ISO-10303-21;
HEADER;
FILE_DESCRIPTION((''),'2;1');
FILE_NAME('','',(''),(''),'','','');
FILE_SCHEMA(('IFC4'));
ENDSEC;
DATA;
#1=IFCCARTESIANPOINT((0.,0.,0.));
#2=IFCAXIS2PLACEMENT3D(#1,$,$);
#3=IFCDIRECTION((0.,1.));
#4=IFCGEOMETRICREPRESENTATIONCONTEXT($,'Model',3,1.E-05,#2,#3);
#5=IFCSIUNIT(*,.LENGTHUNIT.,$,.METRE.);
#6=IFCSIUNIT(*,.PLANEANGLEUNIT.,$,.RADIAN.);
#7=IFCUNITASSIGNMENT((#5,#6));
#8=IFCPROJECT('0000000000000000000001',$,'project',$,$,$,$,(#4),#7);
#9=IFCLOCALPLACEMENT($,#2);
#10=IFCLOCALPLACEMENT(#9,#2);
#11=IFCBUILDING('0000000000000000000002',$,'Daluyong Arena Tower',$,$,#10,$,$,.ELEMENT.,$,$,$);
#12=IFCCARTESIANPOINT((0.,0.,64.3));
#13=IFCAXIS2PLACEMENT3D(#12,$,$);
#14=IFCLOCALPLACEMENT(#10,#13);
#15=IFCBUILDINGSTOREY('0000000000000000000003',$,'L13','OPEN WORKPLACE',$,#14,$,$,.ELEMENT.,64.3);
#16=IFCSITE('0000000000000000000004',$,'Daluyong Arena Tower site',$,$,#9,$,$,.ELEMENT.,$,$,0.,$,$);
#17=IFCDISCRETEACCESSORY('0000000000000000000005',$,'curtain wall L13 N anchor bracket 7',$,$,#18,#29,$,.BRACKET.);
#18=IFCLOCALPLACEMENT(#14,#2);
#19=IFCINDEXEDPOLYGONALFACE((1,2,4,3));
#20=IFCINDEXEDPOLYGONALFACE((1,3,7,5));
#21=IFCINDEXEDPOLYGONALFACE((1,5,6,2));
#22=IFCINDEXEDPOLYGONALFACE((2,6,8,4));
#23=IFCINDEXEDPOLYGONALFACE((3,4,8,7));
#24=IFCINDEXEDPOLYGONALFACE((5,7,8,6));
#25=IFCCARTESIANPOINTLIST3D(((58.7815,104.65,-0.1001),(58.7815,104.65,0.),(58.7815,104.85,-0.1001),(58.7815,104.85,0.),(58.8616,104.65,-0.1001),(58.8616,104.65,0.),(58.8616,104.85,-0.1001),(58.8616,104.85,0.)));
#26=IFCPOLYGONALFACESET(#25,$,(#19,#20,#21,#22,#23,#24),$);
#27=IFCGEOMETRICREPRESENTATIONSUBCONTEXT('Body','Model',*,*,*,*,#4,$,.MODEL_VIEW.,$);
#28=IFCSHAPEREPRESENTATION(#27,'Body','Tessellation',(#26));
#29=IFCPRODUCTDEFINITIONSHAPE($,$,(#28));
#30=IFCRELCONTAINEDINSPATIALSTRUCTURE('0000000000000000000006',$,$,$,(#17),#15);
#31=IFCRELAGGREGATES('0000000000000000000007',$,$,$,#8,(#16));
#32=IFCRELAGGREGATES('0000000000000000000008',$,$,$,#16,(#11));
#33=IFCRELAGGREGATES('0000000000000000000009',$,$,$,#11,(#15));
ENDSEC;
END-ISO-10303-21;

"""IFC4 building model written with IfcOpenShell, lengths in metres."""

from ifc_helpers import new_model, si_unit, direction, frame, origin, origin_2d, place, context, subcontext, project, spatial, rectangle, extrude, element, save


model = new_model("IFC4")

# Units and contexts
model_context = context("Model", 3, precision=1e-05, world=origin(), true_north=direction((0.0, 1.0)))
body_context = subcontext(model_context, "Body", "Model", "MODEL_VIEW")
ifc_project = project(units=[si_unit("LENGTHUNIT", "METRE"), si_unit("PLANEANGLEUNIT", "RADIAN")], contexts=[model_context])

# Site, building, storey
site_placement = place(None, origin())
site = spatial("IfcSite", under=ifc_project, at=site_placement, Name="Daluyong Arena Tower site", CompositionType="ELEMENT", RefElevation=0.0)
building_placement = place(site_placement, origin())
building = spatial("IfcBuilding", under=site, at=building_placement, Name="Daluyong Arena Tower", CompositionType="ELEMENT")
storey_placement = place(building_placement, frame((0.0, 0.0, 64.3)))
storey = spatial("IfcBuildingStorey", under=building, at=storey_placement, Name="L13", Description="OPEN WORKPLACE", CompositionType="ELEMENT", Elevation=64.3)

# Discrete accessory
for number, where, z_axis, x_axis, name in (
    (1, (58.8215, 104.75, -0.1001), (0.0, 0.0, 1.0), (-1.0, 0.0, 0.0), "curtain wall L13 N anchor bracket 7"),
):
    element("IfcDiscreteAccessory", number, at=place(storey_placement, frame(where, z_axis=z_axis, x_axis=x_axis)), inside=storey, Name=name, PredefinedType="BRACKET", context=body_context, shape_type="SweptSolid", body=[
        extrude(rectangle(XDim=0.0801, YDim=0.2, at=origin_2d()), origin(), (0.0, 0.0, 1.0), 0.1001),
    ])

save(model, "model.ifc")
